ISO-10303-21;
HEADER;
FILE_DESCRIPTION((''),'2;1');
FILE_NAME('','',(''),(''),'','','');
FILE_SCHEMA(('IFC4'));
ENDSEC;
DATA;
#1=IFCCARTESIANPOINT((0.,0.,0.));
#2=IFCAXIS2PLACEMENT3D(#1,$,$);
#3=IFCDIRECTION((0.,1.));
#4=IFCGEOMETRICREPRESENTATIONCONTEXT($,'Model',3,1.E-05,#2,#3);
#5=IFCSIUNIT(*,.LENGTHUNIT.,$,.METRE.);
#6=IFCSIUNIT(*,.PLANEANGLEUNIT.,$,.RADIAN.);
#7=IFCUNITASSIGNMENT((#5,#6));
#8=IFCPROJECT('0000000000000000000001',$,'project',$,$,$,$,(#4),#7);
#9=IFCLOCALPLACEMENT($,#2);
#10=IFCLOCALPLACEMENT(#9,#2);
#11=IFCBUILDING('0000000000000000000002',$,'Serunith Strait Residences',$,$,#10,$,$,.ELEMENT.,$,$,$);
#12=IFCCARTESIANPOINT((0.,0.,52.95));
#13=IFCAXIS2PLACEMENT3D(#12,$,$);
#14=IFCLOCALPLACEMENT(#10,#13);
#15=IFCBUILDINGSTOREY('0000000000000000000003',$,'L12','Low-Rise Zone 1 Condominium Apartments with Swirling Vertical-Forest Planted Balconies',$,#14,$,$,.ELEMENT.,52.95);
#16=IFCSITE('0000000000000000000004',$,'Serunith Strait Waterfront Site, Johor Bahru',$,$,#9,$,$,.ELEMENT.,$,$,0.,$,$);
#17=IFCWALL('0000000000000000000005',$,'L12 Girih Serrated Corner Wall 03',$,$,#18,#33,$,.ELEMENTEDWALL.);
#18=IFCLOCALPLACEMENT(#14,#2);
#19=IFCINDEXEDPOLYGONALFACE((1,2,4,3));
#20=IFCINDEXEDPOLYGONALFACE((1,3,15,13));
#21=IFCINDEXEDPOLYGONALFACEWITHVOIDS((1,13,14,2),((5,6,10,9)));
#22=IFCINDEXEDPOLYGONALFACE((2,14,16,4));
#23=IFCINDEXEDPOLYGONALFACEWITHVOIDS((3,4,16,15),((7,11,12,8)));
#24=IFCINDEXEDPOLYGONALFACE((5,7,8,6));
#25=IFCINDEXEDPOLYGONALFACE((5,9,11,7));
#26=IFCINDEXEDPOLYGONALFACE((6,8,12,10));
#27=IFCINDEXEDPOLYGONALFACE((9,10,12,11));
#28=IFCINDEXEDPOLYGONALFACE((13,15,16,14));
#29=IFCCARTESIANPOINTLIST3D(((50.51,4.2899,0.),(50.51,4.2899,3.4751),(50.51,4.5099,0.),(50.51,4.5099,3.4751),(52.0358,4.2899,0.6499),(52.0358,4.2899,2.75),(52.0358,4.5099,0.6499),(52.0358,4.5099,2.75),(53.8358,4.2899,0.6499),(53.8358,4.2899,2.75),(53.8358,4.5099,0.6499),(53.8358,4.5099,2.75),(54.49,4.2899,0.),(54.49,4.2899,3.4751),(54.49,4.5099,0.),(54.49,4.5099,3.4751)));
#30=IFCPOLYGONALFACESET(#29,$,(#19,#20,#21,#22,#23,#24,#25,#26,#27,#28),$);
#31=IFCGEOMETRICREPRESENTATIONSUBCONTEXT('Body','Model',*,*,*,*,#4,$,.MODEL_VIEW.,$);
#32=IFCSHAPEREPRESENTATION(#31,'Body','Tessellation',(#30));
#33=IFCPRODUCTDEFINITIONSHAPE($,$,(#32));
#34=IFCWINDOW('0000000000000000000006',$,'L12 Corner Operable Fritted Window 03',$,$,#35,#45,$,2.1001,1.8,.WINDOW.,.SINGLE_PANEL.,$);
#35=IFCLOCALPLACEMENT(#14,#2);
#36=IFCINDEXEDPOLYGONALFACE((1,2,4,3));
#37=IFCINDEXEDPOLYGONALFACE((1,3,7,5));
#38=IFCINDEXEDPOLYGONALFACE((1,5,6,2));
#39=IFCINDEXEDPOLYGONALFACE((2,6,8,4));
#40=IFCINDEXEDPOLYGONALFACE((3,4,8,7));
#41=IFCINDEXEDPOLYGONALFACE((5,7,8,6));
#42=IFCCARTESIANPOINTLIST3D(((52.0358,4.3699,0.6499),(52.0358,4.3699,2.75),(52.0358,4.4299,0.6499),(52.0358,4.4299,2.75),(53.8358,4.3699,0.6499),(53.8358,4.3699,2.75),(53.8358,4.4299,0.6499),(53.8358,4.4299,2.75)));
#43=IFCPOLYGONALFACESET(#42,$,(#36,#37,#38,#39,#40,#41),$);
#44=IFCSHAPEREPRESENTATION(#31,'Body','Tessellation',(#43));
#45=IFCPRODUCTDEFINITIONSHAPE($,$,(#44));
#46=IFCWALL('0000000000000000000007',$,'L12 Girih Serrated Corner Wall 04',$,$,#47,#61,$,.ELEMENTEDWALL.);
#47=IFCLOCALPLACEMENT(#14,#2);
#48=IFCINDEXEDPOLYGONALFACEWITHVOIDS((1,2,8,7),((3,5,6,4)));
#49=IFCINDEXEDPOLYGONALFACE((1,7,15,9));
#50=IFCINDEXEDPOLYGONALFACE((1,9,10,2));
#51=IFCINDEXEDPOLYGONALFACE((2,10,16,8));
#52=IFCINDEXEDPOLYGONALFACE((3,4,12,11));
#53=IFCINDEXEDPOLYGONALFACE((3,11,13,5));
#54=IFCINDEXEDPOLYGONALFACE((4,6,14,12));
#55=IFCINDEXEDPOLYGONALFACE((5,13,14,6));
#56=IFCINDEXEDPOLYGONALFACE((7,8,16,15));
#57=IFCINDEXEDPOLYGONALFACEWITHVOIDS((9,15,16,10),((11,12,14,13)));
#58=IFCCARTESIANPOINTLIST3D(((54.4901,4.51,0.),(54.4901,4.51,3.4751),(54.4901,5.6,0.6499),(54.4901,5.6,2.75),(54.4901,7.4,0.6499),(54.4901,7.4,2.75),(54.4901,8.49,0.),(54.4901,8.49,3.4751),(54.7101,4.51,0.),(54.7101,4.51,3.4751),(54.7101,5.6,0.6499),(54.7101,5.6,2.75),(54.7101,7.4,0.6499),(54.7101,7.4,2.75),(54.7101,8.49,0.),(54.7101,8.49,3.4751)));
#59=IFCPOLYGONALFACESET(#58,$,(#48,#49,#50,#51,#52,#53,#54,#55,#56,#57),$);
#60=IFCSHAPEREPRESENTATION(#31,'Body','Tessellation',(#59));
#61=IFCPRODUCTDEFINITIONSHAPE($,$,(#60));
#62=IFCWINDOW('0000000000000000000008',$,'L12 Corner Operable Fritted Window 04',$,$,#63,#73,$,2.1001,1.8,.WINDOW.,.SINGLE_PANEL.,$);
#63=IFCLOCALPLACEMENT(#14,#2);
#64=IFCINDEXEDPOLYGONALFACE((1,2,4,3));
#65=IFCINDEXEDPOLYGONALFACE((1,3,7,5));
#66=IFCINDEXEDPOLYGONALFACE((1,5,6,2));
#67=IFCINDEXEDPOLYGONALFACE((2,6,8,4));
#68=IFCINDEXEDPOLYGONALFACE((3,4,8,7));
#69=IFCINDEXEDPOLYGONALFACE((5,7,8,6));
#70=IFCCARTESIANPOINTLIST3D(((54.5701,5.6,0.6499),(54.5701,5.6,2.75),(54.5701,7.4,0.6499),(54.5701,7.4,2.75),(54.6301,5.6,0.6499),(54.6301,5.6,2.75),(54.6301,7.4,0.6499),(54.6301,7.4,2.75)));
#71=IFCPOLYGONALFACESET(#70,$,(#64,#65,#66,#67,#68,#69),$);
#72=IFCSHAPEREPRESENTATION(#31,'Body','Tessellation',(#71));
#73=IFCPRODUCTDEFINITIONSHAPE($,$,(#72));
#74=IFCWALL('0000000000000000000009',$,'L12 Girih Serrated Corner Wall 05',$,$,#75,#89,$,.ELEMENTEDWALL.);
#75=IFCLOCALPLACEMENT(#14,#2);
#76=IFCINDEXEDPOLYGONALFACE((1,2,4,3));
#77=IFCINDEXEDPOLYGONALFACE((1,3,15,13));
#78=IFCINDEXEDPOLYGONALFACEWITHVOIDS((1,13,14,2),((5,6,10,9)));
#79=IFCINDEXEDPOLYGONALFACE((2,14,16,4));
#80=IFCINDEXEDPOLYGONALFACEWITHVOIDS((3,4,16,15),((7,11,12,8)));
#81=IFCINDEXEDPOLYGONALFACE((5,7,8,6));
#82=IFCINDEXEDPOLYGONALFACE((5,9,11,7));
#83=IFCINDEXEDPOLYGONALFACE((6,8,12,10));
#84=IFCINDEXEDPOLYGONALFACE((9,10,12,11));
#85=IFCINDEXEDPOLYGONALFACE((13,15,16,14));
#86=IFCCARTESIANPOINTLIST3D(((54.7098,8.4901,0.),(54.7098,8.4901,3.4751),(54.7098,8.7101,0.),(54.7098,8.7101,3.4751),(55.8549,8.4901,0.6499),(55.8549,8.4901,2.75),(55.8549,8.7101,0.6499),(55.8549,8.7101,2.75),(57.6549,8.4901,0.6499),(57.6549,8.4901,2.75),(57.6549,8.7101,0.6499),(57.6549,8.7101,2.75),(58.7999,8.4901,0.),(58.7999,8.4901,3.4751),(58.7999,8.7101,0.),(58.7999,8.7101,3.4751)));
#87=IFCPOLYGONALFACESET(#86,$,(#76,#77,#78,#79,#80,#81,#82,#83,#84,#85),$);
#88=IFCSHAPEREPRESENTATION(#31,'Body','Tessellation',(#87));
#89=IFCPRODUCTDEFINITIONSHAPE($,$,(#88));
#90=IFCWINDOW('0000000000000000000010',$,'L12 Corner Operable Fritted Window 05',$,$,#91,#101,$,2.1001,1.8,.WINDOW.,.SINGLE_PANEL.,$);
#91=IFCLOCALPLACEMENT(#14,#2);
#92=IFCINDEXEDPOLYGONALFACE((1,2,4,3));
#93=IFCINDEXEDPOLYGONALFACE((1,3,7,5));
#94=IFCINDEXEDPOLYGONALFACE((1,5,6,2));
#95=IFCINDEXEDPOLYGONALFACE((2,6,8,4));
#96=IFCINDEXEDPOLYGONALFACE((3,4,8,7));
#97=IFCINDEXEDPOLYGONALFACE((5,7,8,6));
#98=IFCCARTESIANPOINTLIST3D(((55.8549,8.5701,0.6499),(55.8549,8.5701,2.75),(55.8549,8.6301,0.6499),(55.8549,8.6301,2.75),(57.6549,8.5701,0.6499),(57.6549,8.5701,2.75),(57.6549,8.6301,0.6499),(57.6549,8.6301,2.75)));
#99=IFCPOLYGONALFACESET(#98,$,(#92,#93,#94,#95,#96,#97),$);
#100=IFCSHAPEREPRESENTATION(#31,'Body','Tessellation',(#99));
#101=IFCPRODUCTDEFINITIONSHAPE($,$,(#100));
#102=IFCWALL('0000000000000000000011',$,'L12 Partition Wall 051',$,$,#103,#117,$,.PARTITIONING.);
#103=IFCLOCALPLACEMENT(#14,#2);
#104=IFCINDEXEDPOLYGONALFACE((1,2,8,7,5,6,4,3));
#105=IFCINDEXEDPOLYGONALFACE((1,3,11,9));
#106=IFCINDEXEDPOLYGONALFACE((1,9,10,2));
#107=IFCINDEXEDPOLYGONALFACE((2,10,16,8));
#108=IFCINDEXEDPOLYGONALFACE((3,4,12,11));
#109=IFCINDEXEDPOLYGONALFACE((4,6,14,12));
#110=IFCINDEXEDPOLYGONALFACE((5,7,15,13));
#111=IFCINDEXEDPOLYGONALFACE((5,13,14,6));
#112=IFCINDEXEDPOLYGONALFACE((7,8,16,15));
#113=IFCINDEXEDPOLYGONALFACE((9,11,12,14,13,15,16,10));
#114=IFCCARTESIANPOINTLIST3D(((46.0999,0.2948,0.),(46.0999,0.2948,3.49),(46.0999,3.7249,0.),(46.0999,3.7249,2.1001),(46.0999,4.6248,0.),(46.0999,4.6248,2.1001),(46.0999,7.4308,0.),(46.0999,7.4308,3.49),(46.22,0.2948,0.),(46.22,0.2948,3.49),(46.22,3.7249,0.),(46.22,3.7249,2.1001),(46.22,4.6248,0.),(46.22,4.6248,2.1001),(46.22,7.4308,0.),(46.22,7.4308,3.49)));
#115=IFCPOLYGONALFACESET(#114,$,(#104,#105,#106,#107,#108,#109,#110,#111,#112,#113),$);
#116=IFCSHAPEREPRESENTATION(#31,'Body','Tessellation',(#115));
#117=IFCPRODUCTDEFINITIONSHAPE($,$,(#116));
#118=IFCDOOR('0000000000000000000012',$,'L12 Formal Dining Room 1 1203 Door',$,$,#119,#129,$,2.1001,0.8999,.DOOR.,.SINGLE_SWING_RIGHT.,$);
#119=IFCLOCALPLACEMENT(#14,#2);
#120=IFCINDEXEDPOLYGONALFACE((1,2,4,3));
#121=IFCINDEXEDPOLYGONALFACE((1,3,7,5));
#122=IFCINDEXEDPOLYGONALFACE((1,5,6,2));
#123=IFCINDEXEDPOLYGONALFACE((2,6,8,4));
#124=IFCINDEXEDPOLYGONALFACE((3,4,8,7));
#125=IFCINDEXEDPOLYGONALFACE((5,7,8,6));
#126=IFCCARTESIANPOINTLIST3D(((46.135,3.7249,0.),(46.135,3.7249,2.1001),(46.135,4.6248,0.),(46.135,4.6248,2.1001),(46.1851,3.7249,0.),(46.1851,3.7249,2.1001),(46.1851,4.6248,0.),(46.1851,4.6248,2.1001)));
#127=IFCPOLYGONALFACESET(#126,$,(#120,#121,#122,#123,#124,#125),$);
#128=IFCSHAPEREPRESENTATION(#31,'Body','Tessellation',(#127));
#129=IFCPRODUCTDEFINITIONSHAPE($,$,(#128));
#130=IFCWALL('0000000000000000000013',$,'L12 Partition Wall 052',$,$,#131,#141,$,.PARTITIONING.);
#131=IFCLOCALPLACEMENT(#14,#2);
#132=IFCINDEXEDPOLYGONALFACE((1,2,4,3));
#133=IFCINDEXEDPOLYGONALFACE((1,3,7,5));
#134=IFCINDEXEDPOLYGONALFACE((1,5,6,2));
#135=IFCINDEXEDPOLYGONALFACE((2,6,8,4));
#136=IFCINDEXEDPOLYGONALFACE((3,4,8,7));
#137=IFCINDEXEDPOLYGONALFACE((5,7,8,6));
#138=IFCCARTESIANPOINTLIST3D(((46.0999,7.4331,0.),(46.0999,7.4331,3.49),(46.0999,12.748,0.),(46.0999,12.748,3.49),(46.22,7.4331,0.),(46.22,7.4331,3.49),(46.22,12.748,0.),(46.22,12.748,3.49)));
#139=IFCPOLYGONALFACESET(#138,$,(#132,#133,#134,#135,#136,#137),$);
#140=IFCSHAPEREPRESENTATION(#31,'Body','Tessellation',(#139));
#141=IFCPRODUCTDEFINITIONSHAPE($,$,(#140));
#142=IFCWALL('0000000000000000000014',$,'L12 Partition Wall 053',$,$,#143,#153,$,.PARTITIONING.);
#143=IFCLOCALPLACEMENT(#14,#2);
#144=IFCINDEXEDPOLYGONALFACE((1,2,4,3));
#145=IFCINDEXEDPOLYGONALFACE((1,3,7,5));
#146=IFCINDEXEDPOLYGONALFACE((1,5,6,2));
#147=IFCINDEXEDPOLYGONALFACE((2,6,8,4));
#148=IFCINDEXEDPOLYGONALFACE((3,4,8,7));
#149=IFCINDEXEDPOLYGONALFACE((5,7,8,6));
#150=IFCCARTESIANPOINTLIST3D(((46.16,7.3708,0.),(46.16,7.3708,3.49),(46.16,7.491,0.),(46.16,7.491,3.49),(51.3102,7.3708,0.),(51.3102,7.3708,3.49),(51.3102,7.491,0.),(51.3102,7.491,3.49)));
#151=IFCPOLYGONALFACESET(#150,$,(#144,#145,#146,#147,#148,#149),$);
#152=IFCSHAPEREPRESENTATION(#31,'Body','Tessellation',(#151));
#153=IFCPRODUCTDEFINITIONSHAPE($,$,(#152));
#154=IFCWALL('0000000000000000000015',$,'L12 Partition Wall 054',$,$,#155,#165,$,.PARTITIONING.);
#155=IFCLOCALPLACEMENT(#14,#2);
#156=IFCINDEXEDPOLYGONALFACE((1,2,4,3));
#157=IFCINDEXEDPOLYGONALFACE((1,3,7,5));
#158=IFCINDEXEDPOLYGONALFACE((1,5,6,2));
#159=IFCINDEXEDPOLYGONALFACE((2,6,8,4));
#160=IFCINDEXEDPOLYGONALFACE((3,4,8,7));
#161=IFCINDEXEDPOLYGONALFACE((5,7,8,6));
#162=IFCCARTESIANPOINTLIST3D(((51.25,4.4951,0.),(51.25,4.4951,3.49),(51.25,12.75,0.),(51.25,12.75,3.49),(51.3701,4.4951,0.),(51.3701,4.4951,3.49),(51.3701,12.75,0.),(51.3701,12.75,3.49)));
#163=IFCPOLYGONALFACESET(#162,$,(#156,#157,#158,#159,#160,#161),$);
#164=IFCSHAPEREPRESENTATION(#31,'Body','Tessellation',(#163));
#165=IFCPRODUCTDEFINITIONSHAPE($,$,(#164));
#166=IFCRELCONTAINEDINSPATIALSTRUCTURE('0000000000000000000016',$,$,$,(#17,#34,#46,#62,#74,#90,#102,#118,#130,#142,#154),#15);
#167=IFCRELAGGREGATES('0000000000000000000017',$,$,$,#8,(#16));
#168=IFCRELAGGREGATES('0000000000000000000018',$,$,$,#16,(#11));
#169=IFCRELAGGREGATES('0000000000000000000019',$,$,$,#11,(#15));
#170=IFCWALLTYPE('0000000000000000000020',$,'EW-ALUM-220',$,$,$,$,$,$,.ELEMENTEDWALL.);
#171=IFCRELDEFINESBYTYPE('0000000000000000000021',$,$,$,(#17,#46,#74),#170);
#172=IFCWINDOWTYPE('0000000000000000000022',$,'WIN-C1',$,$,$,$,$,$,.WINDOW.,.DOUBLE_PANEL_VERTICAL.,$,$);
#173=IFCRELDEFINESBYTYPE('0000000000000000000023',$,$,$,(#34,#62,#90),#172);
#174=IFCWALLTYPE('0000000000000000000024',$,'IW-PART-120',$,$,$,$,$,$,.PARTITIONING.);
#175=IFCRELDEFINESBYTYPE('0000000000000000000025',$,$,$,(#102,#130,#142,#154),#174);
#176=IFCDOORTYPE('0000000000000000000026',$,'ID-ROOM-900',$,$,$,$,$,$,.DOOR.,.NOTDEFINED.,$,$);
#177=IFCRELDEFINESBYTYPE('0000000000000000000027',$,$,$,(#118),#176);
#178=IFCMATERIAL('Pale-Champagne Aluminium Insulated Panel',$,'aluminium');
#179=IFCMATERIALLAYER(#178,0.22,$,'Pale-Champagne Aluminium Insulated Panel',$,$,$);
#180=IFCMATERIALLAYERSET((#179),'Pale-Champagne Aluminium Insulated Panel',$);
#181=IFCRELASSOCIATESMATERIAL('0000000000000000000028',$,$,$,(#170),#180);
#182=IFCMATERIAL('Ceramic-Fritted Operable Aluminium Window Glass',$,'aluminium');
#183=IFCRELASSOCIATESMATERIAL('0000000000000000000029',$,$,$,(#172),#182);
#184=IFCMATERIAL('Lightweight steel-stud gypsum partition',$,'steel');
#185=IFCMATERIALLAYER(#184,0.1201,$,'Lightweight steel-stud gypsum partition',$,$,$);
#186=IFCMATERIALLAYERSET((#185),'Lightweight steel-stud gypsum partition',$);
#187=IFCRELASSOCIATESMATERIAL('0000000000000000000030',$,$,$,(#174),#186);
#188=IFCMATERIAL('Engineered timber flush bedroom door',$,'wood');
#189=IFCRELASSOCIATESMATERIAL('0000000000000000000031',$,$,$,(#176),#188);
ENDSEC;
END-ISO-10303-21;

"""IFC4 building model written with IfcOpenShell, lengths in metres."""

from ifc_helpers import new_model, si_unit, direction, frame, frame_2d, origin, place, context, subcontext, project, spatial, rectangle, extrude, source, transform, mapped, material, layer, layer_set, type_object, element, fill, save


model = new_model("IFC4")

# Units and contexts
model_context = context("Model", 3, precision=1e-05, world=origin(), true_north=direction((0.0, 1.0)))
body_context = subcontext(model_context, "Body", "Model", "MODEL_VIEW")
ifc_project = project(units=[si_unit("LENGTHUNIT", "METRE"), si_unit("PLANEANGLEUNIT", "RADIAN")], contexts=[model_context])

# Site, building, storey
site_placement = place(None, origin())
site = spatial("IfcSite", under=ifc_project, at=site_placement, Name="Serunith Strait Waterfront Site, Johor Bahru", CompositionType="ELEMENT", RefElevation=0.0)
building_placement = place(site_placement, origin())
building = spatial("IfcBuilding", under=site, at=building_placement, Name="Serunith Strait Residences", CompositionType="ELEMENT")
storey_placement = place(building_placement, frame((0.0, 0.0, 52.95)))
storey = spatial("IfcBuildingStorey", under=building, at=storey_placement, Name="L12", Description="Low-Rise Zone 1 Condominium Apartments with Swirling Vertical-Forest Planted Balconies", CompositionType="ELEMENT", Elevation=52.95)

# Walls, openings, windows
ifc_material_1 = material(Name="Pale-Champagne Aluminium Insulated Panel", Category="aluminium")
ifc_layer_1 = layer(ifc_material_1, 0.22, Name="Pale-Champagne Aluminium Insulated Panel")
ifc_layer_set_1 = layer_set([ifc_layer_1], Name="Pale-Champagne Aluminium Insulated Panel")
wall_type_1 = type_object("IfcWallType", Name="EW-ALUM-220", PredefinedType="ELEMENTEDWALL", material=ifc_layer_set_1)
ifc_material_2 = material(Name="Ceramic-Fritted Operable Aluminium Window Glass", Category="aluminium")
window_type = type_object("IfcWindowType", Name="WIN-C1", PartitioningType="DOUBLE_PANEL_VERTICAL", PredefinedType="WINDOW", material=ifc_material_2)
shared_shape_1 = source(origin(), body_context, "Body", "SweptSolid", [
    extrude(rectangle(XDim=1.8, YDim=2.1001, at=frame_2d((0.8999, 1.05))), frame((0.0, 0.03, 0.0), z_axis=(0.0, -1.0, 0.0), x_axis=(1.0, 0.0, 0.0)), (0.0, 0.0, 1.0), 0.0601),
])
wall_1_placement = place(storey_placement, frame((50.51, 4.3999, 0.0), z_axis=(0.0, 0.0, 1.0), x_axis=(1.0, 0.0, 0.0)))
wall_1 = element("IfcWall", 1, at=wall_1_placement, inside=storey, type_object=wall_type_1, Name="L12 Girih Serrated Corner Wall 03", PredefinedType="ELEMENTEDWALL", context=body_context, shape_type="SweptSolid", body=[
    extrude(rectangle(XDim=3.98, YDim=0.22, at=frame_2d((1.99, 0.0))), origin(), (0.0, 0.0, 1.0), 3.4751),
])
opening_1_placement = place(wall_1_placement, frame((1.5259, 0.0, 0.6499)))
opening_1 = element("IfcOpeningElement", 2, at=opening_1_placement, cuts=wall_1, PredefinedType="OPENING", context=body_context, shape_type="SweptSolid", body=[
    extrude(rectangle(XDim=1.8, YDim=2.1001, at=frame_2d((0.8999, 1.05))), frame((0.0, 0.1201, 0.0), z_axis=(0.0, -1.0, 0.0), x_axis=(1.0, 0.0, 0.0)), (0.0, 0.0, 1.0), 0.24),
])
window_1_placement = place(opening_1_placement, origin())
window_1 = element("IfcWindow", 3, at=window_1_placement, inside=storey, type_object=window_type, Name="L12 Corner Operable Fritted Window 03", OverallHeight=2.1001, OverallWidth=1.8, PartitioningType="SINGLE_PANEL", PredefinedType="WINDOW", context=body_context, shape_type="MappedRepresentation", body=[
    mapped(shared_shape_1, transform((0.0, 0.0, 0.0), scale=1.0)),
])
fill(opening_1, window_1)
wall_2_placement = place(storey_placement, frame((54.6001, 4.51, 0.0), z_axis=(0.0, 0.0, 1.0), x_axis=(0.0, 1.0, 0.0)))
wall_2 = element("IfcWall", 4, at=wall_2_placement, inside=storey, type_object=wall_type_1, Name="L12 Girih Serrated Corner Wall 04", PredefinedType="ELEMENTEDWALL", context=body_context, shape_type="SweptSolid", body=[
    extrude(rectangle(XDim=3.98, YDim=0.22, at=frame_2d((1.99, 0.0))), origin(), (0.0, 0.0, 1.0), 3.4751),
])
opening_2_placement = place(wall_2_placement, frame((1.0901, 0.0, 0.6499)))
opening_2 = element("IfcOpeningElement", 5, at=opening_2_placement, cuts=wall_2, PredefinedType="OPENING", context=body_context, shape_type="SweptSolid", body=[
    extrude(rectangle(XDim=1.8, YDim=2.1001, at=frame_2d((0.8999, 1.05))), frame((0.0, 0.1201, 0.0), z_axis=(0.0, -1.0, 0.0), x_axis=(1.0, 0.0, 0.0)), (0.0, 0.0, 1.0), 0.24),
])
window_2_placement = place(opening_2_placement, origin())
window_2 = element("IfcWindow", 6, at=window_2_placement, inside=storey, type_object=window_type, Name="L12 Corner Operable Fritted Window 04", OverallHeight=2.1001, OverallWidth=1.8, PartitioningType="SINGLE_PANEL", PredefinedType="WINDOW", context=body_context, shape_type="MappedRepresentation", body=[
    mapped(shared_shape_1, transform((0.0, 0.0, 0.0), scale=1.0)),
])
fill(opening_2, window_2)
wall_3_placement = place(storey_placement, frame((54.71, 8.6001, 0.0), z_axis=(0.0, 0.0, 1.0), x_axis=(1.0, 0.0, 0.0)))
wall_3 = element("IfcWall", 7, at=wall_3_placement, inside=storey, type_object=wall_type_1, Name="L12 Girih Serrated Corner Wall 05", PredefinedType="ELEMENTEDWALL", context=body_context, shape_type="SweptSolid", body=[
    extrude(rectangle(XDim=4.0901, YDim=0.22, at=frame_2d((2.0449, 0.0))), origin(), (0.0, 0.0, 1.0), 3.4751),
])
opening_3_placement = place(wall_3_placement, frame((1.145, 0.0, 0.6499)))
opening_3 = element("IfcOpeningElement", 8, at=opening_3_placement, cuts=wall_3, PredefinedType="OPENING", context=body_context, shape_type="SweptSolid", body=[
    extrude(rectangle(XDim=1.8, YDim=2.1001, at=frame_2d((0.8999, 1.05))), frame((0.0, 0.1201, 0.0), z_axis=(0.0, -1.0, 0.0), x_axis=(1.0, 0.0, 0.0)), (0.0, 0.0, 1.0), 0.24),
])
window_3_placement = place(opening_3_placement, origin())
window_3 = element("IfcWindow", 9, at=window_3_placement, inside=storey, type_object=window_type, Name="L12 Corner Operable Fritted Window 05", OverallHeight=2.1001, OverallWidth=1.8, PartitioningType="SINGLE_PANEL", PredefinedType="WINDOW", context=body_context, shape_type="MappedRepresentation", body=[
    mapped(shared_shape_1, transform((0.0, 0.0, 0.0), scale=1.0)),
])
fill(opening_3, window_3)

# Wall, opening, door
ifc_material_3 = material(Name="Lightweight steel-stud gypsum partition", Category="steel")
ifc_layer_2 = layer(ifc_material_3, 0.1201, Name="Lightweight steel-stud gypsum partition")
ifc_layer_set_2 = layer_set([ifc_layer_2], Name="Lightweight steel-stud gypsum partition")
wall_type_2 = type_object("IfcWallType", Name="IW-PART-120", PredefinedType="PARTITIONING", material=ifc_layer_set_2)
wall_4_placement = place(storey_placement, frame((46.1599, 0.2949, 0.0), z_axis=(0.0, 0.0, 1.0), x_axis=(0.0, 1.0, 0.0)))
wall_4 = element("IfcWall", 10, at=wall_4_placement, inside=storey, type_object=wall_type_2, Name="L12 Partition Wall 051", PredefinedType="PARTITIONING", context=body_context, shape_type="SweptSolid", body=[
    extrude(rectangle(XDim=7.136, YDim=0.1201, at=frame_2d((3.5679, 0.0))), origin(), (0.0, 0.0, 1.0), 3.49),
])
opening_4_placement = place(wall_4_placement, frame((3.4299, 0.0, 0.0)))
opening_4 = element("IfcOpeningElement", 11, at=opening_4_placement, cuts=wall_4, PredefinedType="OPENING", context=body_context, shape_type="SweptSolid", body=[
    extrude(rectangle(XDim=0.8999, YDim=2.1001, at=frame_2d((0.45, 1.05))), frame((0.0, 0.0701, 0.0), z_axis=(0.0, -1.0, 0.0), x_axis=(1.0, 0.0, 0.0)), (0.0, 0.0, 1.0), 0.1401),
])
ifc_material_4 = material(Name="Engineered timber flush bedroom door", Category="wood")
door_type = type_object("IfcDoorType", Name="ID-ROOM-900", OperationType="NOTDEFINED", PredefinedType="DOOR", material=ifc_material_4)
shared_shape_2 = source(origin(), body_context, "Body", "SweptSolid", [
    extrude(rectangle(XDim=0.8999, YDim=2.1001, at=frame_2d((0.45, 1.05))), frame((0.0, 0.0249, 0.0), z_axis=(0.0, -1.0, 0.0), x_axis=(1.0, 0.0, 0.0)), (0.0, 0.0, 1.0), 0.05),
])
door_placement = place(opening_4_placement, origin())
door = element("IfcDoor", 12, at=door_placement, inside=storey, type_object=door_type, Name="L12 Formal Dining Room 1 1203 Door", OperationType="SINGLE_SWING_RIGHT", OverallHeight=2.1001, OverallWidth=0.8999, PredefinedType="DOOR", context=body_context, shape_type="MappedRepresentation", body=[
    mapped(shared_shape_2, transform((0.0, 0.0, 0.0), scale=1.0)),
])
fill(opening_4, door)

# Walls
wall_5_placement = place(storey_placement, frame((46.1599, 7.4331, 0.0), z_axis=(0.0, 0.0, 1.0), x_axis=(0.0, 1.0, 0.0)))
element("IfcWall", 13, at=wall_5_placement, inside=storey, type_object=wall_type_2, Name="L12 Partition Wall 052", PredefinedType="PARTITIONING", context=body_context, shape_type="SweptSolid", body=[
    extrude(rectangle(XDim=5.3149, YDim=0.1201, at=frame_2d((2.6575, 0.0))), origin(), (0.0, 0.0, 1.0), 3.49),
])
wall_6_placement = place(storey_placement, frame((46.1599, 7.4309, 0.0), z_axis=(0.0, 0.0, 1.0), x_axis=(1.0, 0.0, 0.0)))
element("IfcWall", 14, at=wall_6_placement, inside=storey, type_object=wall_type_2, Name="L12 Partition Wall 053", PredefinedType="PARTITIONING", context=body_context, shape_type="SweptSolid", body=[
    extrude(rectangle(XDim=5.1501, YDim=0.1201, at=frame_2d((2.5752, 0.0))), origin(), (0.0, 0.0, 1.0), 3.49),
])
wall_7_placement = place(storey_placement, frame((51.3101, 4.4951, 0.0), z_axis=(0.0, 0.0, 1.0), x_axis=(0.0, 1.0, 0.0)))
element("IfcWall", 15, at=wall_7_placement, inside=storey, type_object=wall_type_2, Name="L12 Partition Wall 054", PredefinedType="PARTITIONING", context=body_context, shape_type="SweptSolid", body=[
    extrude(rectangle(XDim=8.2549, YDim=0.1201, at=frame_2d((4.1274, 0.0))), origin(), (0.0, 0.0, 1.0), 3.49),
])

save(model, "model.ifc")
